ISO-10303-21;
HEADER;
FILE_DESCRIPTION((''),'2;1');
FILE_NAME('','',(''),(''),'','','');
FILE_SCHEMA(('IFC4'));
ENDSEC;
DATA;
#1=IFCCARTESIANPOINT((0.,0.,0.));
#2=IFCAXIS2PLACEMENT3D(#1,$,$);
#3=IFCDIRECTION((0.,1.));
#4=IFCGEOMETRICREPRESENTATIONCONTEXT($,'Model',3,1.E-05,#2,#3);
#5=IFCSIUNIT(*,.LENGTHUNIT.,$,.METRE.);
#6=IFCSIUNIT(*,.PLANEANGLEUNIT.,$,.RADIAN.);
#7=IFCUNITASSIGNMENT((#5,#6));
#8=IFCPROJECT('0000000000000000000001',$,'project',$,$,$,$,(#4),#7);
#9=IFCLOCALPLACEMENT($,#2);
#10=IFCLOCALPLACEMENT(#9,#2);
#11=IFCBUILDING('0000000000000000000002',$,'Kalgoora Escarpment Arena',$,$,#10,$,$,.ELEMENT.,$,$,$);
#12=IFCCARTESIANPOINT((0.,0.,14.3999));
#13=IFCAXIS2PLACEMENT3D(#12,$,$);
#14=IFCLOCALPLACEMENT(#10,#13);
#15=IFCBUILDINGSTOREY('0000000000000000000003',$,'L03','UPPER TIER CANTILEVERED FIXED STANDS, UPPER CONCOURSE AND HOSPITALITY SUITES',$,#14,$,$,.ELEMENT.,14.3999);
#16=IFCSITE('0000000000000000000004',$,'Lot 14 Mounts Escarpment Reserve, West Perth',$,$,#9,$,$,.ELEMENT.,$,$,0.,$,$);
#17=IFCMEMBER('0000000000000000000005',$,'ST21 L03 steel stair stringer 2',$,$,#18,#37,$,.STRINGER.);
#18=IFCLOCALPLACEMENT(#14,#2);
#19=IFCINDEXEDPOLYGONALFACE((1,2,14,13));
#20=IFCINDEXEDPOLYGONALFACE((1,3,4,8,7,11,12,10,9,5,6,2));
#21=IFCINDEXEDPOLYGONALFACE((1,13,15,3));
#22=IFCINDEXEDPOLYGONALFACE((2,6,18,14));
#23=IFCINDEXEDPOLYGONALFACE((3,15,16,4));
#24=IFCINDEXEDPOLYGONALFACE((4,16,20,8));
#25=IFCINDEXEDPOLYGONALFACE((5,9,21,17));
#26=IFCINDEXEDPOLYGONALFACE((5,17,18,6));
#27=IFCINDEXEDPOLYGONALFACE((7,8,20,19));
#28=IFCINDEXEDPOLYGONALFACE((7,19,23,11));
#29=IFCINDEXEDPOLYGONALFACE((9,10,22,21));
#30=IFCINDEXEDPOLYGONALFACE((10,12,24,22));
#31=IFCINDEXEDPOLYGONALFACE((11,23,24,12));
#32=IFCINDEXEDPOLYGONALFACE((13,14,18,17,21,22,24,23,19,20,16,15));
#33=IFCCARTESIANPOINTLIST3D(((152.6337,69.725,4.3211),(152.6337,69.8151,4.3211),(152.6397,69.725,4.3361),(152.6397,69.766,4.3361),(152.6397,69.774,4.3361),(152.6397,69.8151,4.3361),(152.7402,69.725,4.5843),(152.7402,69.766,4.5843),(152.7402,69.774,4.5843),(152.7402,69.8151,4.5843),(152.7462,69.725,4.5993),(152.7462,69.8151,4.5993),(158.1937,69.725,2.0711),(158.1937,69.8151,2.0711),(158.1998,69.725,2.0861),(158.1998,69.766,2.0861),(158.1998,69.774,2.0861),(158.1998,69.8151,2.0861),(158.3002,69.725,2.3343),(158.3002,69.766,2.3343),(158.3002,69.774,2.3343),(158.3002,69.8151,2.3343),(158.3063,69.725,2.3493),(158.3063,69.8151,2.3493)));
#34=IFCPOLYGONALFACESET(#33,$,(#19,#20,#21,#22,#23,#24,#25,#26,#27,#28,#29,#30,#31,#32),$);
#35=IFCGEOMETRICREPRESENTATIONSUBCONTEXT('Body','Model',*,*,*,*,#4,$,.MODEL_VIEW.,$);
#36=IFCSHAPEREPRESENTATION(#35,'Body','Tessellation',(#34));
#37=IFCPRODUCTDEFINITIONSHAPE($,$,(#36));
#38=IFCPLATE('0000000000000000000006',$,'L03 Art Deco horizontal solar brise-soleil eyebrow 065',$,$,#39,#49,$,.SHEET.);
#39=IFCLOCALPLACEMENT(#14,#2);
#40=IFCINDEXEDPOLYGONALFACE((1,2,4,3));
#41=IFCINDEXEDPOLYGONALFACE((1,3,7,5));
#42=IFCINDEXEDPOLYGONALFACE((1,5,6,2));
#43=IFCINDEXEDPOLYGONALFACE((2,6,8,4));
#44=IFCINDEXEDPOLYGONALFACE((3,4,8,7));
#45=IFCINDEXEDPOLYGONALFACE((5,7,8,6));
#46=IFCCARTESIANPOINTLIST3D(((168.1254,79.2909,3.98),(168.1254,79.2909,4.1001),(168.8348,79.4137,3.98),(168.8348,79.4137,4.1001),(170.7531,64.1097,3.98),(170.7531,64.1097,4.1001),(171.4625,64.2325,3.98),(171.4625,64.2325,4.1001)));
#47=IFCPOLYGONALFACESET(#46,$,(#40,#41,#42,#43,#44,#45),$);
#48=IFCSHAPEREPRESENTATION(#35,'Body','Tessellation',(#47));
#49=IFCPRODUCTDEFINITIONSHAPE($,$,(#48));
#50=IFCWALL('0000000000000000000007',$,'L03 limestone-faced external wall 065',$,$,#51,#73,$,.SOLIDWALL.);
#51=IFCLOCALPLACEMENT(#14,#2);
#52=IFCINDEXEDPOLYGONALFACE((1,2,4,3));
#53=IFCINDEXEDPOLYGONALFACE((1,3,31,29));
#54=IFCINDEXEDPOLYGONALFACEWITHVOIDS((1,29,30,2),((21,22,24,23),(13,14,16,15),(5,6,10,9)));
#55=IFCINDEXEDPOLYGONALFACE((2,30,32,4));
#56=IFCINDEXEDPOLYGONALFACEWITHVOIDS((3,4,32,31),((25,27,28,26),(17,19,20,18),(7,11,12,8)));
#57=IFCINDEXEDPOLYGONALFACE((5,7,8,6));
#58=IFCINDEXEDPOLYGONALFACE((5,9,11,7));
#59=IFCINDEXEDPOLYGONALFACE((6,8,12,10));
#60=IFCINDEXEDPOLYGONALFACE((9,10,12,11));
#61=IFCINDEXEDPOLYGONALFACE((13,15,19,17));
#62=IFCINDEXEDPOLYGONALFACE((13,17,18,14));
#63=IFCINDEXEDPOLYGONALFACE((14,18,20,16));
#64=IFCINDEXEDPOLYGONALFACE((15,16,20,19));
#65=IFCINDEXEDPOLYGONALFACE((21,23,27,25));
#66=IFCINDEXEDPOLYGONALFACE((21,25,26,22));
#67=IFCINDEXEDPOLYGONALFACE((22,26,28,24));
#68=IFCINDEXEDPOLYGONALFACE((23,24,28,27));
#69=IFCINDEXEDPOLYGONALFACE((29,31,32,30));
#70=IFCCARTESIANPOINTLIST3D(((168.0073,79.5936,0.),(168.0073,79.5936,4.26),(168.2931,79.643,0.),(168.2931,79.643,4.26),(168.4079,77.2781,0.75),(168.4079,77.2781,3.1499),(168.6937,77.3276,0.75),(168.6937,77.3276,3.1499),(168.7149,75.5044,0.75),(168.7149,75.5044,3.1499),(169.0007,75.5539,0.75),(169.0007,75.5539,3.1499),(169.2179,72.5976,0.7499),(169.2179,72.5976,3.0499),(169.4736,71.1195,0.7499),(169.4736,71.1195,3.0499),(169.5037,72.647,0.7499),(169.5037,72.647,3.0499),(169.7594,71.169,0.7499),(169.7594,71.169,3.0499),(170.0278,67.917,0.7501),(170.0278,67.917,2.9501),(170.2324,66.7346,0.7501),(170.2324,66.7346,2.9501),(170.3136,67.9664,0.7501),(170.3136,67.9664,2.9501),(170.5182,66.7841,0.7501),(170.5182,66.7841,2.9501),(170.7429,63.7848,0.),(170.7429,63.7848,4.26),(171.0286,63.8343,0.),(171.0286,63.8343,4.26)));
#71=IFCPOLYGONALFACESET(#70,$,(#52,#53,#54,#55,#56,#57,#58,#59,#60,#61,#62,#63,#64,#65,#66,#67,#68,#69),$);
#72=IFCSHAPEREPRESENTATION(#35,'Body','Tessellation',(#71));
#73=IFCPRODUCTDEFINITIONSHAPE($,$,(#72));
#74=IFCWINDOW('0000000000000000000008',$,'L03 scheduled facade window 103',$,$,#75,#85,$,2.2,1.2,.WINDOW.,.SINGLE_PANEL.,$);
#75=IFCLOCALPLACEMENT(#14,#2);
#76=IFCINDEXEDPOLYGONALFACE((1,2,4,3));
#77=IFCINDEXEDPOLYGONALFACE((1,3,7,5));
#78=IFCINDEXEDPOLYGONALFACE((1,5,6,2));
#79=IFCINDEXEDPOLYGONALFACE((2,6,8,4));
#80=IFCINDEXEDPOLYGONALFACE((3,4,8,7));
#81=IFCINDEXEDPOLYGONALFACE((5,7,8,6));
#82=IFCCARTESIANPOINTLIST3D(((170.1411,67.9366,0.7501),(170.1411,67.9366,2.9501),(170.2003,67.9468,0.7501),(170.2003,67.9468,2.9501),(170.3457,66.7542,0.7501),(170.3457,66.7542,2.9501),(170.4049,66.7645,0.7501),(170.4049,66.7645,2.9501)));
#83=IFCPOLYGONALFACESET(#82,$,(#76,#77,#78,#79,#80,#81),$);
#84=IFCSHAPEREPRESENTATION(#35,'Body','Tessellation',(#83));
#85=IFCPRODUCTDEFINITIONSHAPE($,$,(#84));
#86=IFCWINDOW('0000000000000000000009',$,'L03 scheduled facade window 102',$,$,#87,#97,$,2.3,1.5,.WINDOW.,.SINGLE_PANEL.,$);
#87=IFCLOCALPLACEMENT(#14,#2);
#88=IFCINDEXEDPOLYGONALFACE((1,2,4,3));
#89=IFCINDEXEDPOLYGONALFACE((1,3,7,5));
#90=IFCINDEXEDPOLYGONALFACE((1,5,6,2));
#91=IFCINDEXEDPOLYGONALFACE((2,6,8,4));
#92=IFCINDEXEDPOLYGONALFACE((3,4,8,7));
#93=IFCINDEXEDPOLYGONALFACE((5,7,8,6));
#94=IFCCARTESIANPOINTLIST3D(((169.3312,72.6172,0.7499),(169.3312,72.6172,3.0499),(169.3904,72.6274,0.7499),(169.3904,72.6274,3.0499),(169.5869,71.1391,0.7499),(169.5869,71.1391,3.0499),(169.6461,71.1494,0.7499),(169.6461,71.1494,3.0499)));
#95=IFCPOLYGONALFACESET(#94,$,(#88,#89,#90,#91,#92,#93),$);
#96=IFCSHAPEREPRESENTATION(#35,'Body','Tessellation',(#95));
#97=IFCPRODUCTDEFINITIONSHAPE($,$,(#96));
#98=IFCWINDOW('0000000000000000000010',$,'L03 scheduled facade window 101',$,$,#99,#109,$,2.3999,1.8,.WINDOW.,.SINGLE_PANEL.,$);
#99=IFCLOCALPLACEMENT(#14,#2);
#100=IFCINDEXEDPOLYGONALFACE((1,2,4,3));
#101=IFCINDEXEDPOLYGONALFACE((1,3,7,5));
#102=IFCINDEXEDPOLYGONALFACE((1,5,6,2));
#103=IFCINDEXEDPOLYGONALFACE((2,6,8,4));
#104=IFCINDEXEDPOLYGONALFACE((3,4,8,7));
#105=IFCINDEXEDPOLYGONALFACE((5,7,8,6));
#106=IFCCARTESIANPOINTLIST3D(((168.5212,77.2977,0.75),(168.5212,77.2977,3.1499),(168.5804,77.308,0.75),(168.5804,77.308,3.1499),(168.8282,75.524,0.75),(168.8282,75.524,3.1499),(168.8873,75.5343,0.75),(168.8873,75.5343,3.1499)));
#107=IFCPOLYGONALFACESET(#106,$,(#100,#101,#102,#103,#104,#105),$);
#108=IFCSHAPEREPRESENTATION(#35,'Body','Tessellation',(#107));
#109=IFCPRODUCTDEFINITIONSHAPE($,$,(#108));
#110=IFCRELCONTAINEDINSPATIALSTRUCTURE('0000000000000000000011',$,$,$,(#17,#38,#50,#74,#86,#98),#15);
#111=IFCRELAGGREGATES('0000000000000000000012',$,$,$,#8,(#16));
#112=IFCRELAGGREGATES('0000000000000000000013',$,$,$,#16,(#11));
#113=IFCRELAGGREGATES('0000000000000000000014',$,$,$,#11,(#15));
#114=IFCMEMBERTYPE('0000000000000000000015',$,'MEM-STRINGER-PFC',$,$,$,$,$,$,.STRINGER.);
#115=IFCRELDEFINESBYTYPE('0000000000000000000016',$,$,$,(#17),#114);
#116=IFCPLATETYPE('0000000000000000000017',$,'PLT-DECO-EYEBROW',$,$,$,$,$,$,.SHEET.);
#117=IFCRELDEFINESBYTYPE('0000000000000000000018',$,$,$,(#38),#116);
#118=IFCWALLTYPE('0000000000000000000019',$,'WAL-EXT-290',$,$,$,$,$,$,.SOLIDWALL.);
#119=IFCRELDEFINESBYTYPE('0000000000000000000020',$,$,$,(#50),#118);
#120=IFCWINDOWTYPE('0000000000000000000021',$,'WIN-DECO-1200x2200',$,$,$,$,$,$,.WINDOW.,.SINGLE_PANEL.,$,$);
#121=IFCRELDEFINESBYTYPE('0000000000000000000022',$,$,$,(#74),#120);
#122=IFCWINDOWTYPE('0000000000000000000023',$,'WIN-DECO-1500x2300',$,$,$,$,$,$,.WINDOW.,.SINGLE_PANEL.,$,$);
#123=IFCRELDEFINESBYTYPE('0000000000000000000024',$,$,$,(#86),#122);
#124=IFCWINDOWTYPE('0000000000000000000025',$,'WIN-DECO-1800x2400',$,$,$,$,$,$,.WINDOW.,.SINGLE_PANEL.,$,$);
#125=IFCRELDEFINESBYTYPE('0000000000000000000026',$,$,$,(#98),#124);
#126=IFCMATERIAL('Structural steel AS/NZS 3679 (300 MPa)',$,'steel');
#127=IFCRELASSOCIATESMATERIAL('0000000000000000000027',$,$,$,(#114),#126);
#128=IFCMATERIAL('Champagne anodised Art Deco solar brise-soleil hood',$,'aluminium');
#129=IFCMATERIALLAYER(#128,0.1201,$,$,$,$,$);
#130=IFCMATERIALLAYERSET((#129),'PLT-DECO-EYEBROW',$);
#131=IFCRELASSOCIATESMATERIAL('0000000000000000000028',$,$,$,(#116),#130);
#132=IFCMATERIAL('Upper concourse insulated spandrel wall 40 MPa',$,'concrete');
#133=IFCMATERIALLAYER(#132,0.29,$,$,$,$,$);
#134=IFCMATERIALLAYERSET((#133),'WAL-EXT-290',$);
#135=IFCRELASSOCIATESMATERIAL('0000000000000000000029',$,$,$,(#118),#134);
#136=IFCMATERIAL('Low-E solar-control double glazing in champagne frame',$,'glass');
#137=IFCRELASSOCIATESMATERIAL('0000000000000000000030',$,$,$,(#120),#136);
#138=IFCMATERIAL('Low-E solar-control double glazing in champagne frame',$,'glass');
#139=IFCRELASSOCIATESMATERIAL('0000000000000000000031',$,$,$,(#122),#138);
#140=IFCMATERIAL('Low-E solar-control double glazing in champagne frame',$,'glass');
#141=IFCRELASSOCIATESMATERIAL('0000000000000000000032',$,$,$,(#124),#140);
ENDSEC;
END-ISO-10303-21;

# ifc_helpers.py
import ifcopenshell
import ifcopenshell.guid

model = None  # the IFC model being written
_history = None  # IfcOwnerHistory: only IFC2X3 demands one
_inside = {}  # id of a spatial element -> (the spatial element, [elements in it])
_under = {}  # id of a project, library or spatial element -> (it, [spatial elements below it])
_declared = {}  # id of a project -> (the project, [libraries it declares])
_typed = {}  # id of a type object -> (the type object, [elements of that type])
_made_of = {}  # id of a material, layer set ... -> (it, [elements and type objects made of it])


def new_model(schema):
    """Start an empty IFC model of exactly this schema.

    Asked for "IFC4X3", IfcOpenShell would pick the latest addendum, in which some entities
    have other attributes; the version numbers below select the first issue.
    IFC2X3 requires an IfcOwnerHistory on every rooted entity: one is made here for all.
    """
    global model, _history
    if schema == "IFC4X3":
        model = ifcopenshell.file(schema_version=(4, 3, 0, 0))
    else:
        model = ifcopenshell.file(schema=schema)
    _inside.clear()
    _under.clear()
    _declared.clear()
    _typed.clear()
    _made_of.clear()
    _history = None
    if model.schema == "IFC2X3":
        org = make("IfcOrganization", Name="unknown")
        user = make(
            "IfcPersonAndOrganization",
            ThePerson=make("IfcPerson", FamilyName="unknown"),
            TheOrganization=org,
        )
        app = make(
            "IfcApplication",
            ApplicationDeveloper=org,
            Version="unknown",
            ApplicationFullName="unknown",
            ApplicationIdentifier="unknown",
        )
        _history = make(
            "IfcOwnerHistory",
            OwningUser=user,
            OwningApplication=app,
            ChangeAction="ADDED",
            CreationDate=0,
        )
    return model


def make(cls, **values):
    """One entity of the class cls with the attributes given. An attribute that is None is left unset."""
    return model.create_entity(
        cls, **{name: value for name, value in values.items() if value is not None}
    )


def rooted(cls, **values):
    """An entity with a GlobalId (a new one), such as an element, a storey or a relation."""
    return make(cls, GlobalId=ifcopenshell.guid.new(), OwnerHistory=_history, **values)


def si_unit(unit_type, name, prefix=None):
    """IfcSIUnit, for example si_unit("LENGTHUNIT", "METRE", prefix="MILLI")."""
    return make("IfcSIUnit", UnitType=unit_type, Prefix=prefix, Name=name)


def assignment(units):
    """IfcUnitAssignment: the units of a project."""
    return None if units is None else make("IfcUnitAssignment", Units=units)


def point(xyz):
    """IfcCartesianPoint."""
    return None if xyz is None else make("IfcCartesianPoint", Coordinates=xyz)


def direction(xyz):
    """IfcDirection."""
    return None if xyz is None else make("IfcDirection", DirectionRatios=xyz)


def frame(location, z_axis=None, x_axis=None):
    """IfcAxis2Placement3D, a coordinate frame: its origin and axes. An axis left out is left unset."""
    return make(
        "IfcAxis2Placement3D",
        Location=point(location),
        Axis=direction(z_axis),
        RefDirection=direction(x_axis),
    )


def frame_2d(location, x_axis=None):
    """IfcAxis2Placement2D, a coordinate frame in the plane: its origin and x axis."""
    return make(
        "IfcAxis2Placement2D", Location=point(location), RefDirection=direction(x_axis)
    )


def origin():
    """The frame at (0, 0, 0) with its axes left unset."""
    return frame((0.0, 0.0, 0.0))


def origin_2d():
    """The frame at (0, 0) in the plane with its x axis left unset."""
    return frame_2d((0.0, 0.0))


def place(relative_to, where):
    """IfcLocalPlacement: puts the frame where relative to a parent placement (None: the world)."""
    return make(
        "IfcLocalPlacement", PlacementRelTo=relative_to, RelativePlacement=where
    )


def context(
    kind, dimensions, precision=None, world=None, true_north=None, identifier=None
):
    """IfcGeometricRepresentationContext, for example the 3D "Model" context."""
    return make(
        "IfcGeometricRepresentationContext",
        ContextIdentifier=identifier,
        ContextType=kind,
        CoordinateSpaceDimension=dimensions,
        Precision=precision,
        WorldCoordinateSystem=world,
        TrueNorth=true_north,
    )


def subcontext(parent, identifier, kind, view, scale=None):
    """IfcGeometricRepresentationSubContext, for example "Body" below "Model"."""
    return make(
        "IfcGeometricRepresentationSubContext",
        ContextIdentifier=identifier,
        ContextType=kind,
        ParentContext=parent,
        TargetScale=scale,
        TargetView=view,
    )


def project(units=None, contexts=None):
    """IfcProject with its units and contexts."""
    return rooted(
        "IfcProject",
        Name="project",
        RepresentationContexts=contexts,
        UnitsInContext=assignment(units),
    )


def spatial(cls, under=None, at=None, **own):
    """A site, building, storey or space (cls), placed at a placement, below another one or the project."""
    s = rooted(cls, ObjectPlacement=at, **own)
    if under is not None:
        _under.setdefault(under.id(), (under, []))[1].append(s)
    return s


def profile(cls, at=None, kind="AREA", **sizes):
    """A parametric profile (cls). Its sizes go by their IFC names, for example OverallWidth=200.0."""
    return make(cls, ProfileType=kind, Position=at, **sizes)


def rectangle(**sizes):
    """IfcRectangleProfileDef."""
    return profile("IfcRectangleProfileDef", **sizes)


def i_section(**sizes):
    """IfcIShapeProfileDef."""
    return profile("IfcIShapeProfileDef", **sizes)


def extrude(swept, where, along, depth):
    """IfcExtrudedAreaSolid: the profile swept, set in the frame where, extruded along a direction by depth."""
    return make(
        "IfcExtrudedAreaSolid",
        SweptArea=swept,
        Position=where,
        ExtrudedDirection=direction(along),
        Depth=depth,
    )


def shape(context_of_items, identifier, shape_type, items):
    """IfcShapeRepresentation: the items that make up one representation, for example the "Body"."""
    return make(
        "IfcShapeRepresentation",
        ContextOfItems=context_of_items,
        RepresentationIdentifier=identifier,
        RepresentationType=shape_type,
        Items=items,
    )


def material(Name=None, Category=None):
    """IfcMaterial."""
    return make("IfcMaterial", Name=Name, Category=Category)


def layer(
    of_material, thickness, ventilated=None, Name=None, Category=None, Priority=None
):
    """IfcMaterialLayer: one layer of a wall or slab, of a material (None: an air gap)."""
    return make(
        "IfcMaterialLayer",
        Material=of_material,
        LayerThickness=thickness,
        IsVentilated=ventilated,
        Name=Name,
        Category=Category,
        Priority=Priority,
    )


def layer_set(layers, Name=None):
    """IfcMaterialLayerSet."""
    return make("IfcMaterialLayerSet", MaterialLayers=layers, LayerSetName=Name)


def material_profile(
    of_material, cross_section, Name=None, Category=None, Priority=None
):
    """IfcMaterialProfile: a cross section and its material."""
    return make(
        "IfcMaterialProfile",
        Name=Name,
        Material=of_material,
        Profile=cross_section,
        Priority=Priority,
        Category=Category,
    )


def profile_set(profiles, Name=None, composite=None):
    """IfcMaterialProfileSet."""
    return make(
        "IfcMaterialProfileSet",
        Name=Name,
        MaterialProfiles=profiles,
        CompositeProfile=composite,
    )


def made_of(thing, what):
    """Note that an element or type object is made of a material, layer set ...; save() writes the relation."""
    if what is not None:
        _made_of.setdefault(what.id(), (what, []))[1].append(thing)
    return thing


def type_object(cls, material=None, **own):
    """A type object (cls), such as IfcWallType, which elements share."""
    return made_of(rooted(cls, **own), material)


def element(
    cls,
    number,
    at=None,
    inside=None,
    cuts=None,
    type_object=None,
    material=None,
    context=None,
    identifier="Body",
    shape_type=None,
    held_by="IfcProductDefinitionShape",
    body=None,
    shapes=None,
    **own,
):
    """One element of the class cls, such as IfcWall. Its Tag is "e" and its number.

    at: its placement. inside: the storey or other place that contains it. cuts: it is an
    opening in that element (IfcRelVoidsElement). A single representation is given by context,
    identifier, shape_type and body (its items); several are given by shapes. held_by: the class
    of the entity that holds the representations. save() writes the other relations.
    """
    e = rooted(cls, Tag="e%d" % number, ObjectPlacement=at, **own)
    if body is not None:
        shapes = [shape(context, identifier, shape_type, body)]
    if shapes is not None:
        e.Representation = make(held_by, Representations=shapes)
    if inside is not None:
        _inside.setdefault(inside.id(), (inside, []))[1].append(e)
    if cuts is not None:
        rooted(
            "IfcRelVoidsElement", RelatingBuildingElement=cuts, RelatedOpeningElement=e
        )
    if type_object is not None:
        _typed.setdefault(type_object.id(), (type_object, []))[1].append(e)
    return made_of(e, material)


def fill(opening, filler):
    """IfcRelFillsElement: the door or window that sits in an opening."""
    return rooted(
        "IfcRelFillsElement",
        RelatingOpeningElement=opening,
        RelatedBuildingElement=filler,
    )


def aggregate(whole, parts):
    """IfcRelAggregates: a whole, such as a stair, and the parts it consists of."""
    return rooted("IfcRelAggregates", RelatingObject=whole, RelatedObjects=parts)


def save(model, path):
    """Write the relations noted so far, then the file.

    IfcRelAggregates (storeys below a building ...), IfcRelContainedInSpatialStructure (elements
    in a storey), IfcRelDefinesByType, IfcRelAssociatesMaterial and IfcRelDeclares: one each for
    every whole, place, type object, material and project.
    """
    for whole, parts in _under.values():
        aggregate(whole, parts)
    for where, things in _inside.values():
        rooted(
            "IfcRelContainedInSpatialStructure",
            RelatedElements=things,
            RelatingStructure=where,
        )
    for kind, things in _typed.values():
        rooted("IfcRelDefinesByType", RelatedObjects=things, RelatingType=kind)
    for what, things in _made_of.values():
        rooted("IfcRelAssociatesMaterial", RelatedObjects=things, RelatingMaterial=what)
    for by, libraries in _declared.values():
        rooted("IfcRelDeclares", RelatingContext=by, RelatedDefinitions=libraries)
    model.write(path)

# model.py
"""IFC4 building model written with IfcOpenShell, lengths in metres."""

from ifc_helpers import new_model, si_unit, direction, frame, frame_2d, origin, origin_2d, place, context, subcontext, project, spatial, rectangle, i_section, extrude, material, layer, layer_set, material_profile, profile_set, type_object, element, fill, save


model = new_model("IFC4")

# Units and contexts
model_context = context("Model", 3, precision=1e-05, world=origin(), true_north=direction((0.0, 1.0)))
body_context = subcontext(model_context, "Body", "Model", "MODEL_VIEW")
ifc_project = project(units=[si_unit("LENGTHUNIT", "METRE"), si_unit("PLANEANGLEUNIT", "RADIAN")], contexts=[model_context])

# Site, building, storey
site_placement = place(None, origin())
site = spatial("IfcSite", under=ifc_project, at=site_placement, Name="Lot 14 Mounts Escarpment Reserve, West Perth", CompositionType="ELEMENT", RefElevation=0.0)
building_placement = place(site_placement, origin())
building = spatial("IfcBuilding", under=site, at=building_placement, Name="Kalgoora Escarpment Arena", CompositionType="ELEMENT")
storey_placement = place(building_placement, frame((0.0, 0.0, 14.3999)))
storey = spatial("IfcBuildingStorey", under=building, at=storey_placement, Name="L03", Description="UPPER TIER CANTILEVERED FIXED STANDS, UPPER CONCOURSE AND HOSPITALITY SUITES", CompositionType="ELEMENT", Elevation=14.3999)

# Member
ifc_material_1 = material(Name="Structural steel AS/NZS 3679 (300 MPa)", Category="steel")
ifc_material_profile_1 = material_profile(ifc_material_1, i_section(OverallWidth=0.0901, OverallDepth=0.3, WebThickness=0.0081, FlangeThickness=0.0161, at=origin_2d()))
ifc_profile_set_1 = profile_set([ifc_material_profile_1], Name="Structural steel AS/NZS 3679 (300 MPa)")
member_type = type_object("IfcMemberType", Name="MEM-STRINGER-PFC", PredefinedType="STRINGER", material=ifc_profile_set_1)
for number, where, z_axis, x_axis, name in (
    (1, (158.25, 69.77, 2.2102), (-0.926976, 0.0, 0.375121), (0.0, -1.0, 0.0), "ST21 L03 steel stair stringer 2"),
):
    element("IfcMember", number, at=place(storey_placement, frame(where, z_axis=z_axis, x_axis=x_axis)), inside=storey, type_object=member_type, Name=name, PredefinedType="STRINGER", context=body_context, shape_type="SweptSolid", body=[
        extrude(i_section(OverallWidth=0.0901, OverallDepth=0.3, WebThickness=0.0081, FlangeThickness=0.0161, at=origin_2d()), origin(), (0.0, 0.0, 1.0), 5.998),
    ])

# Plate
ifc_material_2 = material(Name="Champagne anodised Art Deco solar brise-soleil hood", Category="aluminium")
ifc_layer_1 = layer(ifc_material_2, 0.1201)
ifc_layer_set_1 = layer_set([ifc_layer_1], Name="PLT-DECO-EYEBROW")
plate_type = type_object("IfcPlateType", Name="PLT-DECO-EYEBROW", PredefinedType="SHEET", material=ifc_layer_set_1)
plate_placement = place(storey_placement, frame((169.7939, 71.7617, 3.98), z_axis=(0.0, 0.0, 1.0), x_axis=(0.170553, -0.985348, 0.0)))
element("IfcPlate", 2, at=plate_placement, inside=storey, type_object=plate_type, Name="L03 Art Deco horizontal solar brise-soleil eyebrow 065", PredefinedType="SHEET", context=body_context, shape_type="SweptSolid", body=[
    extrude(rectangle(XDim=15.407, YDim=0.72, at=origin_2d()), origin(), (0.0, 0.0, 1.0), 0.1201),
])

# Wall, openings, windows
ifc_material_3 = material(Name="Upper concourse insulated spandrel wall 40 MPa", Category="concrete")
ifc_layer_2 = layer(ifc_material_3, 0.29)
ifc_layer_set_2 = layer_set([ifc_layer_2], Name="WAL-EXT-290")
wall_type_1 = type_object("IfcWallType", Name="WAL-EXT-290", PredefinedType="SOLIDWALL", material=ifc_layer_set_2)
wall_1_placement = place(storey_placement, frame((168.1501, 79.6184, 0.0), z_axis=(0.0, 0.0, 1.0), x_axis=(0.170508, -0.985356, 0.0)))
wall_1 = element("IfcWall", 3, at=wall_1_placement, inside=storey, type_object=wall_type_1, Name="L03 limestone-faced external wall 065", PredefinedType="SOLIDWALL", context=body_context, shape_type="SweptSolid", body=[
    extrude(rectangle(XDim=16.0437, YDim=0.29, at=frame_2d((8.022, 0.0))), origin(), (0.0, 0.0, 1.0), 4.26),
])
opening_1_placement = place(wall_1_placement, frame((2.3501, 0.0, 0.75)))
opening_1 = element("IfcOpeningElement", 4, at=opening_1_placement, cuts=wall_1, PredefinedType="OPENING", context=body_context, shape_type="SweptSolid", body=[
    extrude(rectangle(XDim=1.8, YDim=2.3999, at=frame_2d((0.8999, 1.2))), frame((0.0, 0.155, 0.0), z_axis=(0.0, -1.0, 0.0), x_axis=(1.0, 0.0, 0.0)), (0.0, 0.0, 1.0), 0.3101),
])
opening_2_placement = place(wall_1_placement, frame((7.1001, 0.0, 0.75)))
opening_2 = element("IfcOpeningElement", 5, at=opening_2_placement, cuts=wall_1, PredefinedType="OPENING", context=body_context, shape_type="SweptSolid", body=[
    extrude(rectangle(XDim=1.5, YDim=2.3, at=frame_2d((0.75, 1.1499))), frame((0.0, 0.155, 0.0), z_axis=(0.0, -1.0, 0.0), x_axis=(1.0, 0.0, 0.0)), (0.0, 0.0, 1.0), 0.3101),
])
opening_3_placement = place(wall_1_placement, frame((11.8501, 0.0, 0.75)))
opening_3 = element("IfcOpeningElement", 6, at=opening_3_placement, cuts=wall_1, PredefinedType="OPENING", context=body_context, shape_type="SweptSolid", body=[
    extrude(rectangle(XDim=1.2, YDim=2.2, at=frame_2d((0.6001, 1.1001))), frame((0.0, 0.155, 0.0), z_axis=(0.0, -1.0, 0.0), x_axis=(1.0, 0.0, 0.0)), (0.0, 0.0, 1.0), 0.3101),
])
ifc_material_4 = material(Name="Low-E solar-control double glazing in champagne frame", Category="glass")
window_type_1 = type_object("IfcWindowType", Name="WIN-DECO-1200x2200", PartitioningType="SINGLE_PANEL", PredefinedType="WINDOW", material=ifc_material_4)
window_1_placement = place(opening_3_placement, origin())
window_1 = element("IfcWindow", 7, at=window_1_placement, inside=storey, type_object=window_type_1, Name="L03 scheduled facade window 103", OverallHeight=2.2, OverallWidth=1.2, PartitioningType="SINGLE_PANEL", PredefinedType="WINDOW", context=body_context, shape_type="SweptSolid", body=[
    extrude(rectangle(XDim=1.2, YDim=2.2, at=frame_2d((0.6001, 1.1001))), frame((0.0, 0.03, 0.0), z_axis=(0.0, -1.0, 0.0), x_axis=(1.0, 0.0, 0.0)), (0.0, 0.0, 1.0), 0.0601),
])
fill(opening_3, window_1)
ifc_material_5 = material(Name="Low-E solar-control double glazing in champagne frame", Category="glass")
window_type_2 = type_object("IfcWindowType", Name="WIN-DECO-1500x2300", PartitioningType="SINGLE_PANEL", PredefinedType="WINDOW", material=ifc_material_5)
window_2_placement = place(opening_2_placement, origin())
window_2 = element("IfcWindow", 8, at=window_2_placement, inside=storey, type_object=window_type_2, Name="L03 scheduled facade window 102", OverallHeight=2.3, OverallWidth=1.5, PartitioningType="SINGLE_PANEL", PredefinedType="WINDOW", context=body_context, shape_type="SweptSolid", body=[
    extrude(rectangle(XDim=1.5, YDim=2.3, at=frame_2d((0.75, 1.1499))), frame((0.0, 0.03, 0.0), z_axis=(0.0, -1.0, 0.0), x_axis=(1.0, 0.0, 0.0)), (0.0, 0.0, 1.0), 0.0601),
])
fill(opening_2, window_2)
ifc_material_6 = material(Name="Low-E solar-control double glazing in champagne frame", Category="glass")
window_type_3 = type_object("IfcWindowType", Name="WIN-DECO-1800x2400", PartitioningType="SINGLE_PANEL", PredefinedType="WINDOW", material=ifc_material_6)
window_3_placement = place(opening_1_placement, origin())
window_3 = element("IfcWindow", 9, at=window_3_placement, inside=storey, type_object=window_type_3, Name="L03 scheduled facade window 101", OverallHeight=2.3999, OverallWidth=1.8, PartitioningType="SINGLE_PANEL", PredefinedType="WINDOW", context=body_context, shape_type="SweptSolid", body=[
    extrude(rectangle(XDim=1.8, YDim=2.3999, at=frame_2d((0.8999, 1.2))), frame((0.0, 0.03, 0.0), z_axis=(0.0, -1.0, 0.0), x_axis=(1.0, 0.0, 0.0)), (0.0, 0.0, 1.0), 0.0601),
])
fill(opening_1, window_3)

save(model, "model.ifc")
